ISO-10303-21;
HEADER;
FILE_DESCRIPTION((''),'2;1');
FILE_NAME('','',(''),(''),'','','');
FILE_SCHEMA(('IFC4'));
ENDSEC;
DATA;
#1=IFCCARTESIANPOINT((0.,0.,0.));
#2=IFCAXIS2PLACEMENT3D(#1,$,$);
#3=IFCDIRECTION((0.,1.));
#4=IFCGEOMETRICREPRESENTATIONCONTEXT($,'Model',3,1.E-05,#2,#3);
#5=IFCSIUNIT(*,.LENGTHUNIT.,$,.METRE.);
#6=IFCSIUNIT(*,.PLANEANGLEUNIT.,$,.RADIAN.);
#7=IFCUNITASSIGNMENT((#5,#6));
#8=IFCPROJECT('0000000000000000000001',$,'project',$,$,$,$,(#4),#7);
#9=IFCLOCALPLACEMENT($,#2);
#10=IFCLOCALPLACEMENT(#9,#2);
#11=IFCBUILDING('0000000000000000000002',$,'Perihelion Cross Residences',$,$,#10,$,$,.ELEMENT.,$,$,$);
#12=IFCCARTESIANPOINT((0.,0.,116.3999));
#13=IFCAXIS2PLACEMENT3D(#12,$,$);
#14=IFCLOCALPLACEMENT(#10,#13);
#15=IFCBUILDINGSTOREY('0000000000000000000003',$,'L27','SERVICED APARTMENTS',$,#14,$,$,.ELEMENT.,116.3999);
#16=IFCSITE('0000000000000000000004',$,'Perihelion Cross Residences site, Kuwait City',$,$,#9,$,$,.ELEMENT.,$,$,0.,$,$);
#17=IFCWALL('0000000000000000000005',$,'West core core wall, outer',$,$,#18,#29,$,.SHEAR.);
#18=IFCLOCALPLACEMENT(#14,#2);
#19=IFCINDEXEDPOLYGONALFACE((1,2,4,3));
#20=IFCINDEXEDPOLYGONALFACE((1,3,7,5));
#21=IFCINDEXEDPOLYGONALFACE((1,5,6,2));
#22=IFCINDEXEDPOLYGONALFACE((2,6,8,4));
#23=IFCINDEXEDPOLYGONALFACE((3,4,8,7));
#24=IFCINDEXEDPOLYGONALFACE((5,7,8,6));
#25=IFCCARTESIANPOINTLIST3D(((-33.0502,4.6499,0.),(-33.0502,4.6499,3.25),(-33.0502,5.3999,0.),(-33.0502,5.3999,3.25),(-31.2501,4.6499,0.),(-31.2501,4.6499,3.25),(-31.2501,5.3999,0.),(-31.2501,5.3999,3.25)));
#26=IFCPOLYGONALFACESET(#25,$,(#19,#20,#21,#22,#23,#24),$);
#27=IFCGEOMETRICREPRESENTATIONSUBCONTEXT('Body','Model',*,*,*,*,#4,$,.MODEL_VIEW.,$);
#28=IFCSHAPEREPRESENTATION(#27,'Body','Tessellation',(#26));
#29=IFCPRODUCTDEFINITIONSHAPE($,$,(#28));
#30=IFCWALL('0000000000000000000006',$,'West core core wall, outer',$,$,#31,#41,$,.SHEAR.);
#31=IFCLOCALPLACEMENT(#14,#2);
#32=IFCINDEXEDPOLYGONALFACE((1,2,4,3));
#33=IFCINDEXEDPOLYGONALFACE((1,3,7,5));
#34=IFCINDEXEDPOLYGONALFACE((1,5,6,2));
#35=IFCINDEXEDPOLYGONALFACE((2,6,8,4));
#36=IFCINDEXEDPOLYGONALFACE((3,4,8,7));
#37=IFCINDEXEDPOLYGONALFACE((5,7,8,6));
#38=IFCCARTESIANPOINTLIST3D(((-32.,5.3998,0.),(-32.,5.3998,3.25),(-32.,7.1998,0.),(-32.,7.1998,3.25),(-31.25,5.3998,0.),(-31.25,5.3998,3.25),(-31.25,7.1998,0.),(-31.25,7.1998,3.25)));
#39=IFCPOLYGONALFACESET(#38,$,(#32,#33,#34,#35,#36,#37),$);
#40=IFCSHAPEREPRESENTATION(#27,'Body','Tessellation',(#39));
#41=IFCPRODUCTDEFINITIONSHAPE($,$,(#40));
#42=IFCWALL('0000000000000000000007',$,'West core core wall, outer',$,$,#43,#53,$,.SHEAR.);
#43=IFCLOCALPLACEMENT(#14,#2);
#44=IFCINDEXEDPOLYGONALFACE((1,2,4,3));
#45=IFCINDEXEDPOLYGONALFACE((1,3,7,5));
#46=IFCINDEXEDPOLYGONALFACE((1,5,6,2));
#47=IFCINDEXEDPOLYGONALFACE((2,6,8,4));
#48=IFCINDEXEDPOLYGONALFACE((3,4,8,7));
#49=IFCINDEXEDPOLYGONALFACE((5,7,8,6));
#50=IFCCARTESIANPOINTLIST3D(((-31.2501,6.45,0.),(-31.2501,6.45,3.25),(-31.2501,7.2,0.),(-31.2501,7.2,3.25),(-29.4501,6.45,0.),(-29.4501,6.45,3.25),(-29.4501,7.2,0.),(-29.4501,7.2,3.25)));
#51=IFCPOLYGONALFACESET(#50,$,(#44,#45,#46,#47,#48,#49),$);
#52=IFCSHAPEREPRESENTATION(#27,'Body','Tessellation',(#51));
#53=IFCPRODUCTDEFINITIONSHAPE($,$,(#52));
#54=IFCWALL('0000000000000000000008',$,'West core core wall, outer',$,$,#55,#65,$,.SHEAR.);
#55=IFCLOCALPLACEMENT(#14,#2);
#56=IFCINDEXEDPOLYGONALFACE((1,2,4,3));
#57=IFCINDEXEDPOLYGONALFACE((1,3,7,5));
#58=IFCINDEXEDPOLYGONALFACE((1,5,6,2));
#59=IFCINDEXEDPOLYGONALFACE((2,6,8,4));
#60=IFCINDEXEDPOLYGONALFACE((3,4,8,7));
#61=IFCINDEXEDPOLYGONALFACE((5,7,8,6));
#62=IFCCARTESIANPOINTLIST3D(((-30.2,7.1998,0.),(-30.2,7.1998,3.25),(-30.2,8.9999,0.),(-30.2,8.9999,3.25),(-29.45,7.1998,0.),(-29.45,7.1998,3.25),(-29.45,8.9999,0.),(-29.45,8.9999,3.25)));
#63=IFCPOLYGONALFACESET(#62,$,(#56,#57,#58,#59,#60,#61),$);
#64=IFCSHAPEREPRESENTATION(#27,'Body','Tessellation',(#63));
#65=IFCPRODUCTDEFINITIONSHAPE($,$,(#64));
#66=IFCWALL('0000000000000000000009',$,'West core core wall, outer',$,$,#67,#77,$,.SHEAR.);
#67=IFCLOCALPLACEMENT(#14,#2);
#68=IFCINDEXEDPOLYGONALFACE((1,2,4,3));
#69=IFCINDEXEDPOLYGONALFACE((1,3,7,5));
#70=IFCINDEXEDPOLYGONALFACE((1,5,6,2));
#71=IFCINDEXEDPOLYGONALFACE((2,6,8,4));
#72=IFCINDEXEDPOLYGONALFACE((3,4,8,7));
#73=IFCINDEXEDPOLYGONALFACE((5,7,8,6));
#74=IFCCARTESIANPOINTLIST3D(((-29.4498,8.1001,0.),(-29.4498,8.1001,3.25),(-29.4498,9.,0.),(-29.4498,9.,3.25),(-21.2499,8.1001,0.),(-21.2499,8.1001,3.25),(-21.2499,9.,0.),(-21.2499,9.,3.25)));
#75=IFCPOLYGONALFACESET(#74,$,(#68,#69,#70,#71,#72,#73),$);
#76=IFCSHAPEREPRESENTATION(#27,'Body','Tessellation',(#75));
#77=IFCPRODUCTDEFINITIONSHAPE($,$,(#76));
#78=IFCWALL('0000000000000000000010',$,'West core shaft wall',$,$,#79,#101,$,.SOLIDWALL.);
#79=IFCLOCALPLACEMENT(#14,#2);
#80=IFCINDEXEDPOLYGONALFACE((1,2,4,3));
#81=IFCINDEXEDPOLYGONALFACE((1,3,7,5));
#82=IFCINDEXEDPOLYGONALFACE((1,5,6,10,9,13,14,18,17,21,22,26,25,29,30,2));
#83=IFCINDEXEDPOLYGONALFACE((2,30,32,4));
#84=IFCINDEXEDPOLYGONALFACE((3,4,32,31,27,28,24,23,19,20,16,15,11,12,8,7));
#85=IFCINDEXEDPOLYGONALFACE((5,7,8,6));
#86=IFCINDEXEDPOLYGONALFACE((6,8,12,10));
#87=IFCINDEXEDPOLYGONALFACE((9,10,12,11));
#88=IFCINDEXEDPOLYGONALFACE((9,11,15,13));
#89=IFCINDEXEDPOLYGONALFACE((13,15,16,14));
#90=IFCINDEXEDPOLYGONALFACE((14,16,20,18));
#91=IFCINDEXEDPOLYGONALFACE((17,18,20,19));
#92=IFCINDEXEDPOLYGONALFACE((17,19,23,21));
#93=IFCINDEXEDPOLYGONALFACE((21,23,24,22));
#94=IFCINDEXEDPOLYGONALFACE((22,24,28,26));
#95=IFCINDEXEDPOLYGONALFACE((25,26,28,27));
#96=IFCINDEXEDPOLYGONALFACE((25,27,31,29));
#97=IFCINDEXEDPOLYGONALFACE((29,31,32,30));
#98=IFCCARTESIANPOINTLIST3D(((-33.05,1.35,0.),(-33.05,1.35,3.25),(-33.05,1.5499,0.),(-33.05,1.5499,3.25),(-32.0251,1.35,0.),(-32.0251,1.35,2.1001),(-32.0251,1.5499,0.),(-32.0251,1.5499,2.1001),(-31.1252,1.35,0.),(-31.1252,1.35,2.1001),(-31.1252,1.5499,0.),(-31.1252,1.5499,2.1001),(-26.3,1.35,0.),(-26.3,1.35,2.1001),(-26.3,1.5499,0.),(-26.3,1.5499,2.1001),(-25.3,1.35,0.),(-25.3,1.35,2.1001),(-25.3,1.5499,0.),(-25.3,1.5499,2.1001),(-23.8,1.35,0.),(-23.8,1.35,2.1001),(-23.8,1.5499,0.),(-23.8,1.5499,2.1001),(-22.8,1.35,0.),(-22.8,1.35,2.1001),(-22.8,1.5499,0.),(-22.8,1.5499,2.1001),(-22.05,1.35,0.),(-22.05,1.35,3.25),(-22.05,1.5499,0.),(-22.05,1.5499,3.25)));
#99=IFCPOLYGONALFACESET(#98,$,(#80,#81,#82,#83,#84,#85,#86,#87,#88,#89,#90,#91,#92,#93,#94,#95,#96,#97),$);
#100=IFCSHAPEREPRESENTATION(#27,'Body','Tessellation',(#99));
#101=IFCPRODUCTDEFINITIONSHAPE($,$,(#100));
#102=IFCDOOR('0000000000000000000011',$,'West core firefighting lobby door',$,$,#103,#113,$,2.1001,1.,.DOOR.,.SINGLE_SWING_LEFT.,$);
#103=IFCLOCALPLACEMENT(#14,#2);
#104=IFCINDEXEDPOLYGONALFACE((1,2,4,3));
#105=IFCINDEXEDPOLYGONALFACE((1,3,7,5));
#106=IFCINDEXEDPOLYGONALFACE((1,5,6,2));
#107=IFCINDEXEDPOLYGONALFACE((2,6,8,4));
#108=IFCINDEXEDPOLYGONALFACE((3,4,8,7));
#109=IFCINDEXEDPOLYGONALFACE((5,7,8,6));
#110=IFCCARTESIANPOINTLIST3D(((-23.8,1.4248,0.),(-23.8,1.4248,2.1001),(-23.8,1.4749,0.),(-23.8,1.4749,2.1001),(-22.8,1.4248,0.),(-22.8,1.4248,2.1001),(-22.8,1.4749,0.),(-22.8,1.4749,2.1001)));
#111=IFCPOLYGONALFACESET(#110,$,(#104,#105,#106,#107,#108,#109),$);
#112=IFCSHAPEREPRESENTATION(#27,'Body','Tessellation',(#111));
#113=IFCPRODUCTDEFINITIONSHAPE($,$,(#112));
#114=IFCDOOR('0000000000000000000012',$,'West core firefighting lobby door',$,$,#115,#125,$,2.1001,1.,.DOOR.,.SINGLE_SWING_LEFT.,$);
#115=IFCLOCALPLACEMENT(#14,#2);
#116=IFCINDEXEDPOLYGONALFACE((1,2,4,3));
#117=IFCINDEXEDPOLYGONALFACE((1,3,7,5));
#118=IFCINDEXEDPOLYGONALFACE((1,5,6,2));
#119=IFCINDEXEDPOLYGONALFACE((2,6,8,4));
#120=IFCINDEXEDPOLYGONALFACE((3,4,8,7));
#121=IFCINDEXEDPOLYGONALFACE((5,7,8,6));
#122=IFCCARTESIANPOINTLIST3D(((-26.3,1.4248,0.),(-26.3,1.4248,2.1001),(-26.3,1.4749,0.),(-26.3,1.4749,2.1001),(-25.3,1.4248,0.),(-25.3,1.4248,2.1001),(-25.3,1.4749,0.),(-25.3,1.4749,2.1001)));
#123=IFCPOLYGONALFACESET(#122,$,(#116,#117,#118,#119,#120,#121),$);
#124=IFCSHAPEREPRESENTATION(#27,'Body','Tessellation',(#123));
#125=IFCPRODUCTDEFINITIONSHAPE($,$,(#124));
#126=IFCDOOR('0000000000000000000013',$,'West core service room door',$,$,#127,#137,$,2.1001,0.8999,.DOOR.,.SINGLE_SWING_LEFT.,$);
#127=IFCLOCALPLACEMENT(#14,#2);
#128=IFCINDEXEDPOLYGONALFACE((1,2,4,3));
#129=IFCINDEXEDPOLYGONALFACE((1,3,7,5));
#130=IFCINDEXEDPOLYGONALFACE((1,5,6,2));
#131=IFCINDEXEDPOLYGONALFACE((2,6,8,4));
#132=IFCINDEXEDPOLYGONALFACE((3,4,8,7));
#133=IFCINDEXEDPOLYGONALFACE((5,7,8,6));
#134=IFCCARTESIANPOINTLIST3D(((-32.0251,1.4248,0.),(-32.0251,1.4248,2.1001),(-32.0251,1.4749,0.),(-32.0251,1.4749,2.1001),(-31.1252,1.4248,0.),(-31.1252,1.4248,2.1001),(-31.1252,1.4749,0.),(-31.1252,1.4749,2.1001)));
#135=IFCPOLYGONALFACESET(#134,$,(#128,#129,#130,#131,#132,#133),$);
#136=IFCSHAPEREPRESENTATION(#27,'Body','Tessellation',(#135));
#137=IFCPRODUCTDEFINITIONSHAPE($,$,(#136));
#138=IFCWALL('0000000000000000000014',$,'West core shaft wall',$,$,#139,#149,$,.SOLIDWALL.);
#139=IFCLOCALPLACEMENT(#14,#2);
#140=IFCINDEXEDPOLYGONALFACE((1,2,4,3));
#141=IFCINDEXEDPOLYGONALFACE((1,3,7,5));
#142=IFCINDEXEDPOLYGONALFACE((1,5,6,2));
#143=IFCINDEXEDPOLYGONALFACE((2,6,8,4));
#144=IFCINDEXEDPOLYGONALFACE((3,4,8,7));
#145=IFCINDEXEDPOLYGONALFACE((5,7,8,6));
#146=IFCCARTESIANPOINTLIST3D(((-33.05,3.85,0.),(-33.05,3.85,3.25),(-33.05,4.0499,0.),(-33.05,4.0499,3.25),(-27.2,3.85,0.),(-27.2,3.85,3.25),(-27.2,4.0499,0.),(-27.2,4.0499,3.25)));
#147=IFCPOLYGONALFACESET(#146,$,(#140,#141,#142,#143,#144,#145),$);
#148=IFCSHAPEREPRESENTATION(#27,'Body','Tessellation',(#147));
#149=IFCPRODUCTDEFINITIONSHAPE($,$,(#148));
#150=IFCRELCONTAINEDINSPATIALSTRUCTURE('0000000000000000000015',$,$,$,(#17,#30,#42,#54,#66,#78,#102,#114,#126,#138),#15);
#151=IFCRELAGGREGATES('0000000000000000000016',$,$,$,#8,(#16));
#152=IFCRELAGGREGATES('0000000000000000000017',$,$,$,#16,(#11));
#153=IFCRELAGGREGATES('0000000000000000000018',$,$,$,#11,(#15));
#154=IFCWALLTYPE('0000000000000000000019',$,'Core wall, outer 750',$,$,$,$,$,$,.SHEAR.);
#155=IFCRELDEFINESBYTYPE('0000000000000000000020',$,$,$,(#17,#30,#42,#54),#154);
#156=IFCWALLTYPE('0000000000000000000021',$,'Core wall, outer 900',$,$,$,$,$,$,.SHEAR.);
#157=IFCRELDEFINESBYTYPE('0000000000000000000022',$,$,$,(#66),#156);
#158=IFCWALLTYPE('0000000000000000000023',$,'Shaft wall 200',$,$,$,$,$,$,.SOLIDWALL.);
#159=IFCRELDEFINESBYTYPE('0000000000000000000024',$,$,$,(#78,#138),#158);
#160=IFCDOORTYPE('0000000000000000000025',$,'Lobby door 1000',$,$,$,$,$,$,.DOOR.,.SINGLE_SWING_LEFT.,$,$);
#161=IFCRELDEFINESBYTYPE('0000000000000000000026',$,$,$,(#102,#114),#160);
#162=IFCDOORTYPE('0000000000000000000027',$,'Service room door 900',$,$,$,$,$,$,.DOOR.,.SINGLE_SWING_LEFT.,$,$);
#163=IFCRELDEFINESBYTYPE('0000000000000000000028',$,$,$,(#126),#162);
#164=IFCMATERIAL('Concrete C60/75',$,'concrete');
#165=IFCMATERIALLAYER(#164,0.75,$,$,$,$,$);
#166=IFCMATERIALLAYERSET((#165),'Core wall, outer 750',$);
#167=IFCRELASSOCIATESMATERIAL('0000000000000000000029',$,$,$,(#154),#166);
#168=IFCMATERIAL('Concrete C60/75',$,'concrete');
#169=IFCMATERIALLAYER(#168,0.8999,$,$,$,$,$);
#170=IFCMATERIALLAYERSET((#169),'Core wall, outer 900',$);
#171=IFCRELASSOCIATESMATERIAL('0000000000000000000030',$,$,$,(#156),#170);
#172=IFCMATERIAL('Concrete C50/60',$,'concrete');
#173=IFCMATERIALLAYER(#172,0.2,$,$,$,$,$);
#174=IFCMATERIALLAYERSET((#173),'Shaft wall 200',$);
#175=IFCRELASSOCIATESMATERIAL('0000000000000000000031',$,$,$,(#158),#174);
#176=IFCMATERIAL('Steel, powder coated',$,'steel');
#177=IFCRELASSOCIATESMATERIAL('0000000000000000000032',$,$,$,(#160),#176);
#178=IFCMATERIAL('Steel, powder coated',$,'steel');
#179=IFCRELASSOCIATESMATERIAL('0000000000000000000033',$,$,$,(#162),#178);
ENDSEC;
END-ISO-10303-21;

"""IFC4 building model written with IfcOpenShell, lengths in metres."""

from ifc_helpers import new_model, si_unit, direction, frame, frame_2d, origin, place, context, subcontext, project, spatial, rectangle, extrude, material, layer, layer_set, type_object, element, fill, save


model = new_model("IFC4")

# Units and contexts
model_context = context("Model", 3, precision=1e-05, world=origin(), true_north=direction((0.0, 1.0)))
body_context = subcontext(model_context, "Body", "Model", "MODEL_VIEW")
ifc_project = project(units=[si_unit("LENGTHUNIT", "METRE"), si_unit("PLANEANGLEUNIT", "RADIAN")], contexts=[model_context])

# Site, building, storey
site_placement = place(None, origin())
site = spatial("IfcSite", under=ifc_project, at=site_placement, Name="Perihelion Cross Residences site, Kuwait City", CompositionType="ELEMENT", RefElevation=0.0)
building_placement = place(site_placement, origin())
building = spatial("IfcBuilding", under=site, at=building_placement, Name="Perihelion Cross Residences", CompositionType="ELEMENT")
storey_placement = place(building_placement, frame((0.0, 0.0, 116.3999)))
storey = spatial("IfcBuildingStorey", under=building, at=storey_placement, Name="L27", Description="SERVICED APARTMENTS", CompositionType="ELEMENT", Elevation=116.3999)

# Walls
ifc_material_1 = material(Name="Concrete C60/75", Category="concrete")
ifc_layer_1 = layer(ifc_material_1, 0.75)
ifc_layer_set_1 = layer_set([ifc_layer_1], Name="Core wall, outer 750")
wall_type_1 = type_object("IfcWallType", Name="Core wall, outer 750", PredefinedType="SHEAR", material=ifc_layer_set_1)
for number, where, z_axis, x_axis, name in (
    (1, (-33.05, 5.0249, 0.0), (0.0, 0.0, 1.0), (1.0, 0.0, 0.0), "West core core wall, outer"),
    (2, (-31.625, 5.3999, 0.0), (0.0, 0.0, 1.0), (0.0, 1.0, 0.0), "West core core wall, outer"),
    (3, (-31.25, 6.825, 0.0), (0.0, 0.0, 1.0), (1.0, 0.0, 0.0), "West core core wall, outer"),
    (4, (-29.825, 7.2, 0.0), (0.0, 0.0, 1.0), (0.0, 1.0, 0.0), "West core core wall, outer"),
):
    element("IfcWall", number, at=place(storey_placement, frame(where, z_axis=z_axis, x_axis=x_axis)), inside=storey, type_object=wall_type_1, Name=name, PredefinedType="SHEAR", context=body_context, shape_type="SweptSolid", body=[
        extrude(rectangle(XDim=1.8, YDim=0.75, at=frame_2d((0.8999, 0.0))), origin(), (0.0, 0.0, 1.0), 3.25),
    ])
ifc_material_2 = material(Name="Concrete C60/75", Category="concrete")
ifc_layer_2 = layer(ifc_material_2, 0.8999)
ifc_layer_set_2 = layer_set([ifc_layer_2], Name="Core wall, outer 900")
wall_type_2 = type_object("IfcWallType", Name="Core wall, outer 900", PredefinedType="SHEAR", material=ifc_layer_set_2)
wall_1_placement = place(storey_placement, frame((-29.45, 8.55, 0.0), z_axis=(0.0, 0.0, 1.0), x_axis=(1.0, 0.0, 0.0)))
element("IfcWall", 5, at=wall_1_placement, inside=storey, type_object=wall_type_2, Name="West core core wall, outer", PredefinedType="SHEAR", context=body_context, shape_type="SweptSolid", body=[
    extrude(rectangle(XDim=8.2, YDim=0.8999, at=frame_2d((4.1001, 0.0))), origin(), (0.0, 0.0, 1.0), 3.25),
])

# Wall, openings, doors
ifc_material_3 = material(Name="Concrete C50/60", Category="concrete")
ifc_layer_3 = layer(ifc_material_3, 0.2)
ifc_layer_set_3 = layer_set([ifc_layer_3], Name="Shaft wall 200")
wall_type_3 = type_object("IfcWallType", Name="Shaft wall 200", PredefinedType="SOLIDWALL", material=ifc_layer_set_3)
wall_2_placement = place(storey_placement, frame((-33.05, 1.45, 0.0), z_axis=(0.0, 0.0, 1.0), x_axis=(1.0, 0.0, 0.0)))
wall_2 = element("IfcWall", 6, at=wall_2_placement, inside=storey, type_object=wall_type_3, Name="West core shaft wall", PredefinedType="SOLIDWALL", context=body_context, shape_type="SweptSolid", body=[
    extrude(rectangle(XDim=11.0, YDim=0.2, at=frame_2d((5.5, 0.0))), origin(), (0.0, 0.0, 1.0), 3.25),
])
opening_1_placement = place(wall_2_placement, frame((9.25, 0.0, 0.0)))
opening_1 = element("IfcOpeningElement", 7, at=opening_1_placement, cuts=wall_2, PredefinedType="OPENING", context=body_context, shape_type="SweptSolid", body=[
    extrude(rectangle(XDim=1.0, YDim=2.1001, at=frame_2d((0.5, 1.05))), frame((0.0, 0.1099, 0.0), z_axis=(0.0, -1.0, 0.0), x_axis=(1.0, 0.0, 0.0)), (0.0, 0.0, 1.0), 0.22),
])
opening_2_placement = place(wall_2_placement, frame((6.75, 0.0, 0.0)))
opening_2 = element("IfcOpeningElement", 8, at=opening_2_placement, cuts=wall_2, PredefinedType="OPENING", context=body_context, shape_type="SweptSolid", body=[
    extrude(rectangle(XDim=1.0, YDim=2.1001, at=frame_2d((0.5, 1.05))), frame((0.0, 0.1099, 0.0), z_axis=(0.0, -1.0, 0.0), x_axis=(1.0, 0.0, 0.0)), (0.0, 0.0, 1.0), 0.22),
])
opening_3_placement = place(wall_2_placement, frame((1.0249, 0.0, 0.0)))
opening_3 = element("IfcOpeningElement", 9, at=opening_3_placement, cuts=wall_2, PredefinedType="OPENING", context=body_context, shape_type="SweptSolid", body=[
    extrude(rectangle(XDim=0.8999, YDim=2.1001, at=frame_2d((0.45, 1.05))), frame((0.0, 0.1099, 0.0), z_axis=(0.0, -1.0, 0.0), x_axis=(1.0, 0.0, 0.0)), (0.0, 0.0, 1.0), 0.22),
])
ifc_material_4 = material(Name="Steel, powder coated", Category="steel")
door_type_1 = type_object("IfcDoorType", Name="Lobby door 1000", OperationType="SINGLE_SWING_LEFT", PredefinedType="DOOR", material=ifc_material_4)
door_1_placement = place(opening_1_placement, origin())
door_1 = element("IfcDoor", 10, at=door_1_placement, inside=storey, type_object=door_type_1, Name="West core firefighting lobby door", OperationType="SINGLE_SWING_LEFT", OverallHeight=2.1001, OverallWidth=1.0, PredefinedType="DOOR", context=body_context, shape_type="SweptSolid", body=[
    extrude(rectangle(XDim=1.0, YDim=2.1001, at=frame_2d((0.5, 1.05))), frame((0.0, 0.0249, 0.0), z_axis=(0.0, -1.0, 0.0), x_axis=(1.0, 0.0, 0.0)), (0.0, 0.0, 1.0), 0.05),
])
fill(opening_1, door_1)
door_2_placement = place(opening_2_placement, origin())
door_2 = element("IfcDoor", 11, at=door_2_placement, inside=storey, type_object=door_type_1, Name="West core firefighting lobby door", OperationType="SINGLE_SWING_LEFT", OverallHeight=2.1001, OverallWidth=1.0, PredefinedType="DOOR", context=body_context, shape_type="SweptSolid", body=[
    extrude(rectangle(XDim=1.0, YDim=2.1001, at=frame_2d((0.5, 1.05))), frame((0.0, 0.0249, 0.0), z_axis=(0.0, -1.0, 0.0), x_axis=(1.0, 0.0, 0.0)), (0.0, 0.0, 1.0), 0.05),
])
fill(opening_2, door_2)
ifc_material_5 = material(Name="Steel, powder coated", Category="steel")
door_type_2 = type_object("IfcDoorType", Name="Service room door 900", OperationType="SINGLE_SWING_LEFT", PredefinedType="DOOR", material=ifc_material_5)
door_3_placement = place(opening_3_placement, origin())
door_3 = element("IfcDoor", 12, at=door_3_placement, inside=storey, type_object=door_type_2, Name="West core service room door", OperationType="SINGLE_SWING_LEFT", OverallHeight=2.1001, OverallWidth=0.8999, PredefinedType="DOOR", context=body_context, shape_type="SweptSolid", body=[
    extrude(rectangle(XDim=0.8999, YDim=2.1001, at=frame_2d((0.45, 1.05))), frame((0.0, 0.0249, 0.0), z_axis=(0.0, -1.0, 0.0), x_axis=(1.0, 0.0, 0.0)), (0.0, 0.0, 1.0), 0.05),
])
fill(opening_3, door_3)

# Wall
wall_3_placement = place(storey_placement, frame((-33.05, 3.95, 0.0), z_axis=(0.0, 0.0, 1.0), x_axis=(1.0, 0.0, 0.0)))
element("IfcWall", 13, at=wall_3_placement, inside=storey, type_object=wall_type_3, Name="West core shaft wall", PredefinedType="SOLIDWALL", context=body_context, shape_type="SweptSolid", body=[
    extrude(rectangle(XDim=5.8501, YDim=0.2, at=frame_2d((2.925, 0.0))), origin(), (0.0, 0.0, 1.0), 3.25),
])

save(model, "model.ifc")
